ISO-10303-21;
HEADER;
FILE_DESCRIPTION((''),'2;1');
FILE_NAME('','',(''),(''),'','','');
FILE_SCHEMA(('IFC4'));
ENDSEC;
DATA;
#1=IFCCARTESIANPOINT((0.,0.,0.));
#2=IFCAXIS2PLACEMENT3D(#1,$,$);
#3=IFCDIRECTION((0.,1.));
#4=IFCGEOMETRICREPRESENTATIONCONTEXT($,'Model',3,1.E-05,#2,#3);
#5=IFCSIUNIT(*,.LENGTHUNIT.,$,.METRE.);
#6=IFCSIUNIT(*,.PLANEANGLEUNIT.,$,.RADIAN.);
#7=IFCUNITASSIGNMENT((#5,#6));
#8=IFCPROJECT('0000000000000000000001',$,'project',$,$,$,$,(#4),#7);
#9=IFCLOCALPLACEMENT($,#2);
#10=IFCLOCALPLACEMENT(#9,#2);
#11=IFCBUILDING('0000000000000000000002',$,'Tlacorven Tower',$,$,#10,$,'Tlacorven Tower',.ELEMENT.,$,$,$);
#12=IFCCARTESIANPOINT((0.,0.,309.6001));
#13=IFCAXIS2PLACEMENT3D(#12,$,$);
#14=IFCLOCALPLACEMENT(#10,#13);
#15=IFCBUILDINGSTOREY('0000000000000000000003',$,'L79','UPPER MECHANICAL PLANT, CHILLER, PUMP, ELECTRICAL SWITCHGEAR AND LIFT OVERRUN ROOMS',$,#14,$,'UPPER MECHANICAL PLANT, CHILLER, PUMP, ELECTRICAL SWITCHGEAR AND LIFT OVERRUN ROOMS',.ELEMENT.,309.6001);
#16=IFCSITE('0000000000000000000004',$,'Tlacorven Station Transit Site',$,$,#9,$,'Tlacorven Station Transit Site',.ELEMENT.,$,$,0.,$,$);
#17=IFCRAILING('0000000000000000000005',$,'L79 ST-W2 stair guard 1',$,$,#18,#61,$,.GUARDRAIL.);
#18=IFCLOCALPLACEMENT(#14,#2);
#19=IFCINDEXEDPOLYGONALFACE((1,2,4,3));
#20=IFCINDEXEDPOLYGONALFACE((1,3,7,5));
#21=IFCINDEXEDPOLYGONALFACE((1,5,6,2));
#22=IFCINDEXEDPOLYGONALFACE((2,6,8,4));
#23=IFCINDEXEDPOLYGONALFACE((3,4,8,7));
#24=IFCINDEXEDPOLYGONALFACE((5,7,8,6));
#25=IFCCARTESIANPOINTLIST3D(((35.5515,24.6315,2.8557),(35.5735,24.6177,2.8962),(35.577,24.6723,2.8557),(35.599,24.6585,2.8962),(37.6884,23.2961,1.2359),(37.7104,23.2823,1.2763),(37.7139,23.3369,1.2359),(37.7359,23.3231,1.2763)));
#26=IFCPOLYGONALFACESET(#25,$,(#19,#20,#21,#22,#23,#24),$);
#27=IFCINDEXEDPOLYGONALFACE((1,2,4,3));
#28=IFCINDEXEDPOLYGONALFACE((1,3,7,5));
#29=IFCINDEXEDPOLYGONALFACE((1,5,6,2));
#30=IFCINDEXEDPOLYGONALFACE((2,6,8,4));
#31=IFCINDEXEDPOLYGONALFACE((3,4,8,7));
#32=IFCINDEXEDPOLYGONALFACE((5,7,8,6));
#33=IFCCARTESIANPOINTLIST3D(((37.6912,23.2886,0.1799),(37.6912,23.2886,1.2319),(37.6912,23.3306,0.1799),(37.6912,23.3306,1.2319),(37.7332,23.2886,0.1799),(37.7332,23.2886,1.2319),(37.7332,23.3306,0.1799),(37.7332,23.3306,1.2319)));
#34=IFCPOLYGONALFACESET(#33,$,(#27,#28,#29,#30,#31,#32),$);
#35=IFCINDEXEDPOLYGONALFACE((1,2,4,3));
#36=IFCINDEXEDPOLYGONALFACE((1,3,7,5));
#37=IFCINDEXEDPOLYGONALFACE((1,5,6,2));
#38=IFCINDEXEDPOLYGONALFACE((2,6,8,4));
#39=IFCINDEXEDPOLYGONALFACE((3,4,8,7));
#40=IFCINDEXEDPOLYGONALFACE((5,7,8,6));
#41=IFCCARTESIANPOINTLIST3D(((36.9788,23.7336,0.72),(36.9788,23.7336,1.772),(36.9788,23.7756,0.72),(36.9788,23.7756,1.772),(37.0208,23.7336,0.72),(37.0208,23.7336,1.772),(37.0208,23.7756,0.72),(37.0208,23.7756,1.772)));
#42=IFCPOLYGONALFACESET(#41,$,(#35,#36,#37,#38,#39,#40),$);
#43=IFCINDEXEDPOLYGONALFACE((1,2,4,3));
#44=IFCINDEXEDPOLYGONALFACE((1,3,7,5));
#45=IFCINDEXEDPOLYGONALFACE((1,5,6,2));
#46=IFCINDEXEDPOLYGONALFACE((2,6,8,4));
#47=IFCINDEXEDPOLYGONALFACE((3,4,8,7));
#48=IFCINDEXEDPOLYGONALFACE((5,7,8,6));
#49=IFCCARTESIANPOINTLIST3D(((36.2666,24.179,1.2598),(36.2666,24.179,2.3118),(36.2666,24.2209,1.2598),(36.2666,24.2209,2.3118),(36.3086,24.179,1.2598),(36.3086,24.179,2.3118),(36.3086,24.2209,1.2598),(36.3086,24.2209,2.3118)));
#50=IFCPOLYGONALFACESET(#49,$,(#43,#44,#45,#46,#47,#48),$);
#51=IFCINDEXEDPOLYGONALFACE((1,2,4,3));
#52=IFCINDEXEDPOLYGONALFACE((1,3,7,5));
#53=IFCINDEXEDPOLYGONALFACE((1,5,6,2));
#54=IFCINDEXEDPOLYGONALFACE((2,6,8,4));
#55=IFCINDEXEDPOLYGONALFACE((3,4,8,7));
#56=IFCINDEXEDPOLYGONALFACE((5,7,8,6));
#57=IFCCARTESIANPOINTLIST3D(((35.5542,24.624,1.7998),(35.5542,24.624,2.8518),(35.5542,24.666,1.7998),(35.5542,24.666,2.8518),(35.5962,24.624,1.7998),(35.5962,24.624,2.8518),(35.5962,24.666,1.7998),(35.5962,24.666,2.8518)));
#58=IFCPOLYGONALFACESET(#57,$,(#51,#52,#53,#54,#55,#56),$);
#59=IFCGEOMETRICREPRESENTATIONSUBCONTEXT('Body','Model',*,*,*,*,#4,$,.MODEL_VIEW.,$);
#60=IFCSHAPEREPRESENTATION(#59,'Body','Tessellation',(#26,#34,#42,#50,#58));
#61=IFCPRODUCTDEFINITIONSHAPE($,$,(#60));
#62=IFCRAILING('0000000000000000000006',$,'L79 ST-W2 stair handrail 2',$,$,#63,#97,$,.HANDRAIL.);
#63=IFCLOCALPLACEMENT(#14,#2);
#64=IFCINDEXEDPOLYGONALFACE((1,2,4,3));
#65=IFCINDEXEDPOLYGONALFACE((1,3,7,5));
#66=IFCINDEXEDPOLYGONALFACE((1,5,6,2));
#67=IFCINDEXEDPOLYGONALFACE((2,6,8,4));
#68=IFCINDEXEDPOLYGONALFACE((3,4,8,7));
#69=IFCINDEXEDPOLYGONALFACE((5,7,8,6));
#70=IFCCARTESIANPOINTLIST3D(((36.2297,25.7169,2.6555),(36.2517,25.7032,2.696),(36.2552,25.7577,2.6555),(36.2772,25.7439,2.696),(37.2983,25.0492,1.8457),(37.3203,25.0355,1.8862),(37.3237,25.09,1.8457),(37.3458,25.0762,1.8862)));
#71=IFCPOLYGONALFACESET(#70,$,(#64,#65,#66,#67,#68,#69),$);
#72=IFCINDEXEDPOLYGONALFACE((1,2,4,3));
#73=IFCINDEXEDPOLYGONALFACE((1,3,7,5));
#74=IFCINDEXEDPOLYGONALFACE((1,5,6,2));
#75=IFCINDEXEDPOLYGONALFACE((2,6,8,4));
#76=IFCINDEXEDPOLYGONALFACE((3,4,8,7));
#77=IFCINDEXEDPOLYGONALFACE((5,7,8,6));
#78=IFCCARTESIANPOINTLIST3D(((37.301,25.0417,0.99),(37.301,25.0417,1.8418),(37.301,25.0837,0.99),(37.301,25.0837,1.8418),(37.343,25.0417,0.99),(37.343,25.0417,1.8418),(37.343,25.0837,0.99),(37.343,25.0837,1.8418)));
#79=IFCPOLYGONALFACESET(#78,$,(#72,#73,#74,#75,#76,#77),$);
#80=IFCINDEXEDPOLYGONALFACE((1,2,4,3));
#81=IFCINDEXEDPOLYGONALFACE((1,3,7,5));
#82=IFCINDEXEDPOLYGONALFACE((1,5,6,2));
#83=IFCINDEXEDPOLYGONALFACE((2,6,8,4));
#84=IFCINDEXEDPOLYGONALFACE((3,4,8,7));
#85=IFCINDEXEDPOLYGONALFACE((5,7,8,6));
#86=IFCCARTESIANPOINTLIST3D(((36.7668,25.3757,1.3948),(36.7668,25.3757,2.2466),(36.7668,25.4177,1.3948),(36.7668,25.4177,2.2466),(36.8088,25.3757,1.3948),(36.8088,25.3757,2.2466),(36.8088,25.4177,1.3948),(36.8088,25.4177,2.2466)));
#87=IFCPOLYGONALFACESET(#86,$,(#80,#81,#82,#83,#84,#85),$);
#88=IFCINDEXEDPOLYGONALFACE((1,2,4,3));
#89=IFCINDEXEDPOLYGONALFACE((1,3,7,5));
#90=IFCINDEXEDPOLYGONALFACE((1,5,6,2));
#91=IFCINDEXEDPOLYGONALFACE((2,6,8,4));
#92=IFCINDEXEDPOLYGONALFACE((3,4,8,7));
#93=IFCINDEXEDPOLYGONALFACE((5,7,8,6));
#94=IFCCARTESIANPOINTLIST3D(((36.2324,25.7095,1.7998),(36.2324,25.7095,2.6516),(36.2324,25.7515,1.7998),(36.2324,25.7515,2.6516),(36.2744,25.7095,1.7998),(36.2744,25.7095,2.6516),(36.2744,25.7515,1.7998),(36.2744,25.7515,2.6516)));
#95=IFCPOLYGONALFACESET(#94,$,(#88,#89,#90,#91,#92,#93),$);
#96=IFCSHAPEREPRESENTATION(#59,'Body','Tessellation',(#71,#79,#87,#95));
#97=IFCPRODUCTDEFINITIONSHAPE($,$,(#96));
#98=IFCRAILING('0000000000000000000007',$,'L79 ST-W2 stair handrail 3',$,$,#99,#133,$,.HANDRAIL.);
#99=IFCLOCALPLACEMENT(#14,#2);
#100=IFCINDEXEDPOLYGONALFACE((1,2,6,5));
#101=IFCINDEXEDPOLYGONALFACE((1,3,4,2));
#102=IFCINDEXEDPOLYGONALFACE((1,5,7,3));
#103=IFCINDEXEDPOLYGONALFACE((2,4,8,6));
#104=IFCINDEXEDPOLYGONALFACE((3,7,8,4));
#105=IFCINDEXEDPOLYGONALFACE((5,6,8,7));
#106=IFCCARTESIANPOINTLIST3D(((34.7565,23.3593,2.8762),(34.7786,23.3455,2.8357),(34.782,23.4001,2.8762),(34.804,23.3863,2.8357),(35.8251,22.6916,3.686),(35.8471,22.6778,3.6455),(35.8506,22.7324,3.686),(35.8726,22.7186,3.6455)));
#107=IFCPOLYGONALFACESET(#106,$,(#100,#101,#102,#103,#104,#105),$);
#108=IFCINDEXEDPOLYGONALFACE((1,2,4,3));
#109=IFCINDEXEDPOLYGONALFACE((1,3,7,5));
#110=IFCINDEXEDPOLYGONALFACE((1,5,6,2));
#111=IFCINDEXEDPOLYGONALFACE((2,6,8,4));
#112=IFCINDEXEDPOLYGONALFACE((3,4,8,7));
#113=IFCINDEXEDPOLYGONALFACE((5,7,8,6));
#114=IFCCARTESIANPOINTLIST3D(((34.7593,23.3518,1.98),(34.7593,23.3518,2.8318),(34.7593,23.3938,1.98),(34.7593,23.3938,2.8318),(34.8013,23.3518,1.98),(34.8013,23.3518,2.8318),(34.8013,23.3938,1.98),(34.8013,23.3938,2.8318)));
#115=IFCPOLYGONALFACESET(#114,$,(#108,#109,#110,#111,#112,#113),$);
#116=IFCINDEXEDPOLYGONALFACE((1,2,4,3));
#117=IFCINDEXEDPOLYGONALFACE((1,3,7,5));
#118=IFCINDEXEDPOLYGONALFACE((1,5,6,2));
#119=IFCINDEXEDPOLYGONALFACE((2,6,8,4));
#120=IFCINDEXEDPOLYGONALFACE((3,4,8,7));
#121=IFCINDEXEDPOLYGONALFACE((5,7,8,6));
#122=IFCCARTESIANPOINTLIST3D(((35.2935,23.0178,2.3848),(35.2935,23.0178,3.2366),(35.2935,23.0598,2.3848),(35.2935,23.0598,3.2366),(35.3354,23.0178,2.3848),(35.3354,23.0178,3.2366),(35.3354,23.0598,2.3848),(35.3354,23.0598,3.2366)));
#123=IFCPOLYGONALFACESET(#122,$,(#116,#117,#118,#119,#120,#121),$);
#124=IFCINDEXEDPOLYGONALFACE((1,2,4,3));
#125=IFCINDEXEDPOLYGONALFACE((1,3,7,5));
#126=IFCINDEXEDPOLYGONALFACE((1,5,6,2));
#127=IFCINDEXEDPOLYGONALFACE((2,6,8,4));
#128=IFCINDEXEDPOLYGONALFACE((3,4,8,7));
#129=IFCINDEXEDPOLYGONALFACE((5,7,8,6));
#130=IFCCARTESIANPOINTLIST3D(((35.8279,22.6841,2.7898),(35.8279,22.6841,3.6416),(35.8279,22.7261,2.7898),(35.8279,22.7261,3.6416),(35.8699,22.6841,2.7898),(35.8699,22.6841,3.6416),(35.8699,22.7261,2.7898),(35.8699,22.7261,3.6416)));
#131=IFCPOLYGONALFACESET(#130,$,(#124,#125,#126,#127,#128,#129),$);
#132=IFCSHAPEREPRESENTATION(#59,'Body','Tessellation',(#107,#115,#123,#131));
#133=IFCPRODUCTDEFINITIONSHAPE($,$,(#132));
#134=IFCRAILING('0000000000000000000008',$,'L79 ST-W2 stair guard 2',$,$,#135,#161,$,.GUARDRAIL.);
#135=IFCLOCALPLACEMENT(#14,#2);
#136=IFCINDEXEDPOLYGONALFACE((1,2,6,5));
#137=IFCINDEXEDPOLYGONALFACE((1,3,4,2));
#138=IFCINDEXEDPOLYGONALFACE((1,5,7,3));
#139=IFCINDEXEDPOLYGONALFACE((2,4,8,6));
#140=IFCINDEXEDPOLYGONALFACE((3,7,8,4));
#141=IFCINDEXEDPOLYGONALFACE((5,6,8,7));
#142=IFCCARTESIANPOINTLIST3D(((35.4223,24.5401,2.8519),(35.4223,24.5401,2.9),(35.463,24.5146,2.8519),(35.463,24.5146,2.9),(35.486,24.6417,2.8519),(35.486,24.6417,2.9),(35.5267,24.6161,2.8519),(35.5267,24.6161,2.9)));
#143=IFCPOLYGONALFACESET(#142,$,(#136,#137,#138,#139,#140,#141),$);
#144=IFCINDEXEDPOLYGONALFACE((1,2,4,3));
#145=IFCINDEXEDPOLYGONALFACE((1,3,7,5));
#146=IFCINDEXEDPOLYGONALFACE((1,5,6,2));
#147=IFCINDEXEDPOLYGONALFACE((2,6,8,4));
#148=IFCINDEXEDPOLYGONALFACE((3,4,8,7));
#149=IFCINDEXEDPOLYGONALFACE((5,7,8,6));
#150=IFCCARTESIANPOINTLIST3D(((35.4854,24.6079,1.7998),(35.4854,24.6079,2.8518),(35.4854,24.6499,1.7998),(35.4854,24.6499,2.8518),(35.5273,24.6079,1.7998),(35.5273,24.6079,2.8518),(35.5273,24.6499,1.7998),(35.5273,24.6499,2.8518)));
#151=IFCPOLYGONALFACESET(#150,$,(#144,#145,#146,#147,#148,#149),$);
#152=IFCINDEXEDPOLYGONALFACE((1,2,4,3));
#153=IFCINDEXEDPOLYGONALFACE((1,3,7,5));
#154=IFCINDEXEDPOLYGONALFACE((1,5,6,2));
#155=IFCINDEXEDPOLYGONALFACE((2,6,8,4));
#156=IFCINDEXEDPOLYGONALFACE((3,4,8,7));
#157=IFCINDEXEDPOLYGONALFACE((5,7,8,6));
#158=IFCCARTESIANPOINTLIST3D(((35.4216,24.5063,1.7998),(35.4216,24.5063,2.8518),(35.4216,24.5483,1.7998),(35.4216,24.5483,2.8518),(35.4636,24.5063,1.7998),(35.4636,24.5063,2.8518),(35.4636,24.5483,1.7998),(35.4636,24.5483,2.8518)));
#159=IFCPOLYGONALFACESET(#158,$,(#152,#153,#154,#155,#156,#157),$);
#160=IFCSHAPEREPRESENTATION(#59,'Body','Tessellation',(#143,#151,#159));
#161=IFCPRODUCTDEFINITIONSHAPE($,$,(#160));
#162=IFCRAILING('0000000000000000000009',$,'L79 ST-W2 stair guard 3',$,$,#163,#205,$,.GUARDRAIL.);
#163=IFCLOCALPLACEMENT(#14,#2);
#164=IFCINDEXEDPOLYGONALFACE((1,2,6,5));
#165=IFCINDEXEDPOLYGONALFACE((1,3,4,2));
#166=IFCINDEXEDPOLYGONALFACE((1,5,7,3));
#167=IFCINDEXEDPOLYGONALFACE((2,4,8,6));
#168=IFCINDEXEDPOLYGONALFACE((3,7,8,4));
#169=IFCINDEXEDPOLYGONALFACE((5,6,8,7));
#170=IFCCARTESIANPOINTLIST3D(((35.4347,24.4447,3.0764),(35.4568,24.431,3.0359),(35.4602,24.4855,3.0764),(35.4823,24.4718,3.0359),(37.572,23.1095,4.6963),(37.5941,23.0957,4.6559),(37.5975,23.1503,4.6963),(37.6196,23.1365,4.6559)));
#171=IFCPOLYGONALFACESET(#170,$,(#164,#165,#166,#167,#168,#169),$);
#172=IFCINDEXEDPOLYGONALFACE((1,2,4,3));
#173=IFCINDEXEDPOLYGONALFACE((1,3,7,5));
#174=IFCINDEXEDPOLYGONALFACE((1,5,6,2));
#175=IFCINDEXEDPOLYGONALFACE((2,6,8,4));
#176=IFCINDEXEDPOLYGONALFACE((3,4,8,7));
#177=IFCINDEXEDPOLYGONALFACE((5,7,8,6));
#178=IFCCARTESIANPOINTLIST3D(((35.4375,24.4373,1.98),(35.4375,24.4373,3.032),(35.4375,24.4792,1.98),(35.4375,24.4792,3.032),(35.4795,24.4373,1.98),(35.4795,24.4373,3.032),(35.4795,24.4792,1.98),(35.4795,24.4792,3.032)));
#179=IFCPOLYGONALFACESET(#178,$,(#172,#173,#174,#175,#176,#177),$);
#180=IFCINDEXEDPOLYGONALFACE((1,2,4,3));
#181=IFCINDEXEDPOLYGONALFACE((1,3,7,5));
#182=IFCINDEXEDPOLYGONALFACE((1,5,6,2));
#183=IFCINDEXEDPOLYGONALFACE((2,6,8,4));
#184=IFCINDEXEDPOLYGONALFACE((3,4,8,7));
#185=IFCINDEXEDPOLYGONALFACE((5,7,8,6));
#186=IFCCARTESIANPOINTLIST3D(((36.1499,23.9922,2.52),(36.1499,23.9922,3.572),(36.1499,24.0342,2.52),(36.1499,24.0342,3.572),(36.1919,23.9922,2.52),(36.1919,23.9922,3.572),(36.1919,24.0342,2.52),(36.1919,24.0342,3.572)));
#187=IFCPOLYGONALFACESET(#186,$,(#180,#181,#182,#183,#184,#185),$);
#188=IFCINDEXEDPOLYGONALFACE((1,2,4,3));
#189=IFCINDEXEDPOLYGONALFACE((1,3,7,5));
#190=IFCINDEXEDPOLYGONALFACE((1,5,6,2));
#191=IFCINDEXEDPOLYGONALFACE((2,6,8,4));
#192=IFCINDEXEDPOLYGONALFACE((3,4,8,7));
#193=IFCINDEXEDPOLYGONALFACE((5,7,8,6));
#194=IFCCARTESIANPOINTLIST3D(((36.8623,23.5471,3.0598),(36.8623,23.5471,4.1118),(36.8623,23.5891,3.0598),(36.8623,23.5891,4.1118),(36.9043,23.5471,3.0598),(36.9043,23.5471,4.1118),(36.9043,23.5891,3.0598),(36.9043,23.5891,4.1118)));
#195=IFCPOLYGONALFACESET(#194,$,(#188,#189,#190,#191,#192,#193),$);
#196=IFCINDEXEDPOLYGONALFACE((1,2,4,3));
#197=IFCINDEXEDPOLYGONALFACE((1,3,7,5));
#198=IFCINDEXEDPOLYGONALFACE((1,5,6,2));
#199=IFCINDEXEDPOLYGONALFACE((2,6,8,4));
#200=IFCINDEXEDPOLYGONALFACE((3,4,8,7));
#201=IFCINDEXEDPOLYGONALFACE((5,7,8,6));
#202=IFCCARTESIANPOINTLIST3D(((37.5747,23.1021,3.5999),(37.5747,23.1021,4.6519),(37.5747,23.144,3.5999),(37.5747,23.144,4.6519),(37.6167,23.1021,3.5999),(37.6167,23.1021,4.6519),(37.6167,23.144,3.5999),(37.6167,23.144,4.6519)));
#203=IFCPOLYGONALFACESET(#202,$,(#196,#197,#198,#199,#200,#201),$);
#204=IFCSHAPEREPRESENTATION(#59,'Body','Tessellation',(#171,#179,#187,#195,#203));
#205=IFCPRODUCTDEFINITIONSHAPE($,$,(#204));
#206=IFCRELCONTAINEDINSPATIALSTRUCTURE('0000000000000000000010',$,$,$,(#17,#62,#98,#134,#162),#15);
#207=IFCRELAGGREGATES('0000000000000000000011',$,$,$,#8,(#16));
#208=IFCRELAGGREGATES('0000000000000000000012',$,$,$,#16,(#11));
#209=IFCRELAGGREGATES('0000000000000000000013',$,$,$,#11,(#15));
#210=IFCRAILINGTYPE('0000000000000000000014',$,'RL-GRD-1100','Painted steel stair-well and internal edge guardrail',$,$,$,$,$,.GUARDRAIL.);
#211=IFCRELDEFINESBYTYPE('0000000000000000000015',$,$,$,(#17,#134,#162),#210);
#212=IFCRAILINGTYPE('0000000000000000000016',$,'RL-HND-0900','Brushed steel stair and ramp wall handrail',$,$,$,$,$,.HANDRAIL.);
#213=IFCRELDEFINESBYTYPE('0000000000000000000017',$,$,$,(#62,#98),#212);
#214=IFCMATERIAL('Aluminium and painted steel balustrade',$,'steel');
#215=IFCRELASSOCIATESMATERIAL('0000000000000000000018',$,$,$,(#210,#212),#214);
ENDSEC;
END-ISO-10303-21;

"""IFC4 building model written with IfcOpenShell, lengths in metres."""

from ifc_helpers import new_model, si_unit, direction, frame, origin, origin_2d, place, context, subcontext, project, spatial, rectangle, extrude, source, transform, mapped, material, type_object, element, save


model = new_model("IFC4")

# Units and contexts
model_context = context("Model", 3, precision=1e-05, world=origin(), true_north=direction((0.0, 1.0)))
body_context = subcontext(model_context, "Body", "Model", "MODEL_VIEW")
ifc_project = project(units=[si_unit("LENGTHUNIT", "METRE"), si_unit("PLANEANGLEUNIT", "RADIAN")], contexts=[model_context])

# Site, building, storey
site_placement = place(None, origin())
site = spatial("IfcSite", under=ifc_project, at=site_placement, Name="Tlacorven Station Transit Site", LongName="Tlacorven Station Transit Site", CompositionType="ELEMENT", RefElevation=0.0)
building_placement = place(site_placement, origin())
building = spatial("IfcBuilding", under=site, at=building_placement, Name="Tlacorven Tower", LongName="Tlacorven Tower", CompositionType="ELEMENT")
storey_placement = place(building_placement, frame((0.0, 0.0, 309.6001)))
storey = spatial("IfcBuildingStorey", under=building, at=storey_placement, Name="L79", Description="UPPER MECHANICAL PLANT, CHILLER, PUMP, ELECTRICAL SWITCHGEAR AND LIFT OVERRUN ROOMS", LongName="UPPER MECHANICAL PLANT, CHILLER, PUMP, ELECTRICAL SWITCHGEAR AND LIFT OVERRUN ROOMS", CompositionType="ELEMENT", Elevation=309.6001)

# Railings
ifc_material_1 = material(Name="Aluminium and painted steel balustrade", Category="steel")
railing_type_1 = type_object("IfcRailingType", Name="RL-GRD-1100", Description="Painted steel stair-well and internal edge guardrail", PredefinedType="GUARDRAIL", material=ifc_material_1)
railing_type_2 = type_object("IfcRailingType", Name="RL-HND-0900", Description="Brushed steel stair and ramp wall handrail", PredefinedType="HANDRAIL", material=ifc_material_1)
shared_shape_1 = source(origin(), body_context, "Body", "SweptSolid", [
    extrude(rectangle(XDim=0.0481, YDim=0.0481, at=origin_2d()), frame((0.0, 0.0, 1.0762), z_axis=(-0.713351, 0.445794, 0.540739), x_axis=(-0.529955, -0.848026, 0.0)), (0.0, 0.0, 1.0), 2.9956),
    extrude(rectangle(XDim=0.042, YDim=0.042, at=origin_2d()), origin(), (0.0, 0.0, 1.0), 1.052),
    extrude(rectangle(XDim=0.042, YDim=0.042, at=origin_2d()), frame((-0.7124, 0.4451, 0.54)), (0.0, 0.0, 1.0), 1.052),
    extrude(rectangle(XDim=0.042, YDim=0.042, at=origin_2d()), frame((-1.4246, 0.8904, 1.0798)), (0.0, 0.0, 1.0), 1.052),
    extrude(rectangle(XDim=0.042, YDim=0.042, at=origin_2d()), frame((-2.137, 1.3354, 1.6199)), (0.0, 0.0, 1.0), 1.052),
])
railing_1_placement = place(storey_placement, frame((37.7122, 23.3096, 0.1799)))
element("IfcRailing", 1, at=railing_1_placement, inside=storey, type_object=railing_type_1, Name="L79 ST-W2 stair guard 1", PredefinedType="GUARDRAIL", context=body_context, shape_type="MappedRepresentation", body=[
    mapped(shared_shape_1, transform((0.0, 0.0, 0.0), scale=1.0)),
])
shared_shape_2 = source(origin(), body_context, "Body", "SweptSolid", [
    extrude(rectangle(XDim=0.0481, YDim=0.0481, at=origin_2d()), frame((0.0, 0.0, 0.876), z_axis=(-0.713423, 0.445787, 0.540649), x_axis=(-0.529912, -0.848053, 0.0)), (0.0, 0.0, 1.0), 1.4978),
    extrude(rectangle(XDim=0.042, YDim=0.042, at=origin_2d()), origin(), (0.0, 0.0, 1.0), 0.8518),
    extrude(rectangle(XDim=0.042, YDim=0.042, at=origin_2d()), frame((-0.5342, 0.334, 0.4048)), (0.0, 0.0, 1.0), 0.8518),
    extrude(rectangle(XDim=0.042, YDim=0.042, at=origin_2d()), frame((-1.0686, 0.6677, 0.8098)), (0.0, 0.0, 1.0), 0.8518),
])
railing_2_placement = place(storey_placement, frame((37.322, 25.0627, 0.99)))
element("IfcRailing", 2, at=railing_2_placement, inside=storey, type_object=railing_type_2, Name="L79 ST-W2 stair handrail 2", PredefinedType="HANDRAIL", context=body_context, shape_type="MappedRepresentation", body=[
    mapped(shared_shape_2, transform((0.0, 0.0, 0.0), scale=1.0)),
])
shared_shape_3 = source(origin(), body_context, "Body", "SweptSolid", [
    extrude(rectangle(XDim=0.0481, YDim=0.0481, at=origin_2d()), frame((0.0, 0.0, 0.876), z_axis=(0.713423, -0.445787, 0.540649), x_axis=(0.529912, 0.848053, 0.0)), (0.0, 0.0, 1.0), 1.4978),
    extrude(rectangle(XDim=0.042, YDim=0.042, at=origin_2d()), origin(), (0.0, 0.0, 1.0), 0.8518),
    extrude(rectangle(XDim=0.042, YDim=0.042, at=origin_2d()), frame((0.5342, -0.334, 0.4048)), (0.0, 0.0, 1.0), 0.8518),
    extrude(rectangle(XDim=0.042, YDim=0.042, at=origin_2d()), frame((1.0686, -0.6677, 0.8098)), (0.0, 0.0, 1.0), 0.8518),
])
railing_3_placement = place(storey_placement, frame((34.7803, 23.3728, 1.98)))
element("IfcRailing", 3, at=railing_3_placement, inside=storey, type_object=railing_type_2, Name="L79 ST-W2 stair handrail 3", PredefinedType="HANDRAIL", context=body_context, shape_type="MappedRepresentation", body=[
    mapped(shared_shape_3, transform((0.0, 0.0, 0.0), scale=1.0)),
])
shared_shape_4 = source(origin(), body_context, "Body", "SweptSolid", [
    extrude(rectangle(XDim=0.0481, YDim=0.0481, at=origin_2d()), frame((0.0, 0.0, 1.0762), z_axis=(-0.531462, -0.847082, 0.0), x_axis=(0.847082, -0.531462, 0.0)), (0.0, 0.0, 1.0), 0.1199),
    extrude(rectangle(XDim=0.042, YDim=0.042, at=origin_2d()), origin(), (0.0, 0.0, 1.0), 1.052),
    extrude(rectangle(XDim=0.042, YDim=0.042, at=origin_2d()), frame((-0.0637, -0.1016, 0.0)), (0.0, 0.0, 1.0), 1.052),
])
railing_4_placement = place(storey_placement, frame((35.5063, 24.6289, 1.7998)))
element("IfcRailing", 4, at=railing_4_placement, inside=storey, type_object=railing_type_1, Name="L79 ST-W2 stair guard 2", PredefinedType="GUARDRAIL", context=body_context, shape_type="MappedRepresentation", body=[
    mapped(shared_shape_4, transform((0.0, 0.0, 0.0), scale=1.0)),
])
shared_shape_5 = source(origin(), body_context, "Body", "SweptSolid", [
    extrude(rectangle(XDim=0.0481, YDim=0.0481, at=origin_2d()), frame((0.0, 0.0, 1.0762), z_axis=(0.713417, -0.445702, 0.540727), x_axis=(0.529842, 0.848096, 0.0)), (0.0, 0.0, 1.0), 2.9958),
    extrude(rectangle(XDim=0.042, YDim=0.042, at=origin_2d()), origin(), (0.0, 0.0, 1.0), 1.052),
    extrude(rectangle(XDim=0.042, YDim=0.042, at=origin_2d()), frame((0.7124, -0.4451, 0.54)), (0.0, 0.0, 1.0), 1.052),
    extrude(rectangle(XDim=0.042, YDim=0.042, at=origin_2d()), frame((1.4248, -0.8901, 1.0798)), (0.0, 0.0, 1.0), 1.052),
    extrude(rectangle(XDim=0.042, YDim=0.042, at=origin_2d()), frame((2.1372, -1.3352, 1.6199)), (0.0, 0.0, 1.0), 1.052),
])
railing_5_placement = place(storey_placement, frame((35.4585, 24.4583, 1.98)))
element("IfcRailing", 5, at=railing_5_placement, inside=storey, type_object=railing_type_1, Name="L79 ST-W2 stair guard 3", PredefinedType="GUARDRAIL", context=body_context, shape_type="MappedRepresentation", body=[
    mapped(shared_shape_5, transform((0.0, 0.0, 0.0), scale=1.0)),
])

save(model, "model.ifc")
